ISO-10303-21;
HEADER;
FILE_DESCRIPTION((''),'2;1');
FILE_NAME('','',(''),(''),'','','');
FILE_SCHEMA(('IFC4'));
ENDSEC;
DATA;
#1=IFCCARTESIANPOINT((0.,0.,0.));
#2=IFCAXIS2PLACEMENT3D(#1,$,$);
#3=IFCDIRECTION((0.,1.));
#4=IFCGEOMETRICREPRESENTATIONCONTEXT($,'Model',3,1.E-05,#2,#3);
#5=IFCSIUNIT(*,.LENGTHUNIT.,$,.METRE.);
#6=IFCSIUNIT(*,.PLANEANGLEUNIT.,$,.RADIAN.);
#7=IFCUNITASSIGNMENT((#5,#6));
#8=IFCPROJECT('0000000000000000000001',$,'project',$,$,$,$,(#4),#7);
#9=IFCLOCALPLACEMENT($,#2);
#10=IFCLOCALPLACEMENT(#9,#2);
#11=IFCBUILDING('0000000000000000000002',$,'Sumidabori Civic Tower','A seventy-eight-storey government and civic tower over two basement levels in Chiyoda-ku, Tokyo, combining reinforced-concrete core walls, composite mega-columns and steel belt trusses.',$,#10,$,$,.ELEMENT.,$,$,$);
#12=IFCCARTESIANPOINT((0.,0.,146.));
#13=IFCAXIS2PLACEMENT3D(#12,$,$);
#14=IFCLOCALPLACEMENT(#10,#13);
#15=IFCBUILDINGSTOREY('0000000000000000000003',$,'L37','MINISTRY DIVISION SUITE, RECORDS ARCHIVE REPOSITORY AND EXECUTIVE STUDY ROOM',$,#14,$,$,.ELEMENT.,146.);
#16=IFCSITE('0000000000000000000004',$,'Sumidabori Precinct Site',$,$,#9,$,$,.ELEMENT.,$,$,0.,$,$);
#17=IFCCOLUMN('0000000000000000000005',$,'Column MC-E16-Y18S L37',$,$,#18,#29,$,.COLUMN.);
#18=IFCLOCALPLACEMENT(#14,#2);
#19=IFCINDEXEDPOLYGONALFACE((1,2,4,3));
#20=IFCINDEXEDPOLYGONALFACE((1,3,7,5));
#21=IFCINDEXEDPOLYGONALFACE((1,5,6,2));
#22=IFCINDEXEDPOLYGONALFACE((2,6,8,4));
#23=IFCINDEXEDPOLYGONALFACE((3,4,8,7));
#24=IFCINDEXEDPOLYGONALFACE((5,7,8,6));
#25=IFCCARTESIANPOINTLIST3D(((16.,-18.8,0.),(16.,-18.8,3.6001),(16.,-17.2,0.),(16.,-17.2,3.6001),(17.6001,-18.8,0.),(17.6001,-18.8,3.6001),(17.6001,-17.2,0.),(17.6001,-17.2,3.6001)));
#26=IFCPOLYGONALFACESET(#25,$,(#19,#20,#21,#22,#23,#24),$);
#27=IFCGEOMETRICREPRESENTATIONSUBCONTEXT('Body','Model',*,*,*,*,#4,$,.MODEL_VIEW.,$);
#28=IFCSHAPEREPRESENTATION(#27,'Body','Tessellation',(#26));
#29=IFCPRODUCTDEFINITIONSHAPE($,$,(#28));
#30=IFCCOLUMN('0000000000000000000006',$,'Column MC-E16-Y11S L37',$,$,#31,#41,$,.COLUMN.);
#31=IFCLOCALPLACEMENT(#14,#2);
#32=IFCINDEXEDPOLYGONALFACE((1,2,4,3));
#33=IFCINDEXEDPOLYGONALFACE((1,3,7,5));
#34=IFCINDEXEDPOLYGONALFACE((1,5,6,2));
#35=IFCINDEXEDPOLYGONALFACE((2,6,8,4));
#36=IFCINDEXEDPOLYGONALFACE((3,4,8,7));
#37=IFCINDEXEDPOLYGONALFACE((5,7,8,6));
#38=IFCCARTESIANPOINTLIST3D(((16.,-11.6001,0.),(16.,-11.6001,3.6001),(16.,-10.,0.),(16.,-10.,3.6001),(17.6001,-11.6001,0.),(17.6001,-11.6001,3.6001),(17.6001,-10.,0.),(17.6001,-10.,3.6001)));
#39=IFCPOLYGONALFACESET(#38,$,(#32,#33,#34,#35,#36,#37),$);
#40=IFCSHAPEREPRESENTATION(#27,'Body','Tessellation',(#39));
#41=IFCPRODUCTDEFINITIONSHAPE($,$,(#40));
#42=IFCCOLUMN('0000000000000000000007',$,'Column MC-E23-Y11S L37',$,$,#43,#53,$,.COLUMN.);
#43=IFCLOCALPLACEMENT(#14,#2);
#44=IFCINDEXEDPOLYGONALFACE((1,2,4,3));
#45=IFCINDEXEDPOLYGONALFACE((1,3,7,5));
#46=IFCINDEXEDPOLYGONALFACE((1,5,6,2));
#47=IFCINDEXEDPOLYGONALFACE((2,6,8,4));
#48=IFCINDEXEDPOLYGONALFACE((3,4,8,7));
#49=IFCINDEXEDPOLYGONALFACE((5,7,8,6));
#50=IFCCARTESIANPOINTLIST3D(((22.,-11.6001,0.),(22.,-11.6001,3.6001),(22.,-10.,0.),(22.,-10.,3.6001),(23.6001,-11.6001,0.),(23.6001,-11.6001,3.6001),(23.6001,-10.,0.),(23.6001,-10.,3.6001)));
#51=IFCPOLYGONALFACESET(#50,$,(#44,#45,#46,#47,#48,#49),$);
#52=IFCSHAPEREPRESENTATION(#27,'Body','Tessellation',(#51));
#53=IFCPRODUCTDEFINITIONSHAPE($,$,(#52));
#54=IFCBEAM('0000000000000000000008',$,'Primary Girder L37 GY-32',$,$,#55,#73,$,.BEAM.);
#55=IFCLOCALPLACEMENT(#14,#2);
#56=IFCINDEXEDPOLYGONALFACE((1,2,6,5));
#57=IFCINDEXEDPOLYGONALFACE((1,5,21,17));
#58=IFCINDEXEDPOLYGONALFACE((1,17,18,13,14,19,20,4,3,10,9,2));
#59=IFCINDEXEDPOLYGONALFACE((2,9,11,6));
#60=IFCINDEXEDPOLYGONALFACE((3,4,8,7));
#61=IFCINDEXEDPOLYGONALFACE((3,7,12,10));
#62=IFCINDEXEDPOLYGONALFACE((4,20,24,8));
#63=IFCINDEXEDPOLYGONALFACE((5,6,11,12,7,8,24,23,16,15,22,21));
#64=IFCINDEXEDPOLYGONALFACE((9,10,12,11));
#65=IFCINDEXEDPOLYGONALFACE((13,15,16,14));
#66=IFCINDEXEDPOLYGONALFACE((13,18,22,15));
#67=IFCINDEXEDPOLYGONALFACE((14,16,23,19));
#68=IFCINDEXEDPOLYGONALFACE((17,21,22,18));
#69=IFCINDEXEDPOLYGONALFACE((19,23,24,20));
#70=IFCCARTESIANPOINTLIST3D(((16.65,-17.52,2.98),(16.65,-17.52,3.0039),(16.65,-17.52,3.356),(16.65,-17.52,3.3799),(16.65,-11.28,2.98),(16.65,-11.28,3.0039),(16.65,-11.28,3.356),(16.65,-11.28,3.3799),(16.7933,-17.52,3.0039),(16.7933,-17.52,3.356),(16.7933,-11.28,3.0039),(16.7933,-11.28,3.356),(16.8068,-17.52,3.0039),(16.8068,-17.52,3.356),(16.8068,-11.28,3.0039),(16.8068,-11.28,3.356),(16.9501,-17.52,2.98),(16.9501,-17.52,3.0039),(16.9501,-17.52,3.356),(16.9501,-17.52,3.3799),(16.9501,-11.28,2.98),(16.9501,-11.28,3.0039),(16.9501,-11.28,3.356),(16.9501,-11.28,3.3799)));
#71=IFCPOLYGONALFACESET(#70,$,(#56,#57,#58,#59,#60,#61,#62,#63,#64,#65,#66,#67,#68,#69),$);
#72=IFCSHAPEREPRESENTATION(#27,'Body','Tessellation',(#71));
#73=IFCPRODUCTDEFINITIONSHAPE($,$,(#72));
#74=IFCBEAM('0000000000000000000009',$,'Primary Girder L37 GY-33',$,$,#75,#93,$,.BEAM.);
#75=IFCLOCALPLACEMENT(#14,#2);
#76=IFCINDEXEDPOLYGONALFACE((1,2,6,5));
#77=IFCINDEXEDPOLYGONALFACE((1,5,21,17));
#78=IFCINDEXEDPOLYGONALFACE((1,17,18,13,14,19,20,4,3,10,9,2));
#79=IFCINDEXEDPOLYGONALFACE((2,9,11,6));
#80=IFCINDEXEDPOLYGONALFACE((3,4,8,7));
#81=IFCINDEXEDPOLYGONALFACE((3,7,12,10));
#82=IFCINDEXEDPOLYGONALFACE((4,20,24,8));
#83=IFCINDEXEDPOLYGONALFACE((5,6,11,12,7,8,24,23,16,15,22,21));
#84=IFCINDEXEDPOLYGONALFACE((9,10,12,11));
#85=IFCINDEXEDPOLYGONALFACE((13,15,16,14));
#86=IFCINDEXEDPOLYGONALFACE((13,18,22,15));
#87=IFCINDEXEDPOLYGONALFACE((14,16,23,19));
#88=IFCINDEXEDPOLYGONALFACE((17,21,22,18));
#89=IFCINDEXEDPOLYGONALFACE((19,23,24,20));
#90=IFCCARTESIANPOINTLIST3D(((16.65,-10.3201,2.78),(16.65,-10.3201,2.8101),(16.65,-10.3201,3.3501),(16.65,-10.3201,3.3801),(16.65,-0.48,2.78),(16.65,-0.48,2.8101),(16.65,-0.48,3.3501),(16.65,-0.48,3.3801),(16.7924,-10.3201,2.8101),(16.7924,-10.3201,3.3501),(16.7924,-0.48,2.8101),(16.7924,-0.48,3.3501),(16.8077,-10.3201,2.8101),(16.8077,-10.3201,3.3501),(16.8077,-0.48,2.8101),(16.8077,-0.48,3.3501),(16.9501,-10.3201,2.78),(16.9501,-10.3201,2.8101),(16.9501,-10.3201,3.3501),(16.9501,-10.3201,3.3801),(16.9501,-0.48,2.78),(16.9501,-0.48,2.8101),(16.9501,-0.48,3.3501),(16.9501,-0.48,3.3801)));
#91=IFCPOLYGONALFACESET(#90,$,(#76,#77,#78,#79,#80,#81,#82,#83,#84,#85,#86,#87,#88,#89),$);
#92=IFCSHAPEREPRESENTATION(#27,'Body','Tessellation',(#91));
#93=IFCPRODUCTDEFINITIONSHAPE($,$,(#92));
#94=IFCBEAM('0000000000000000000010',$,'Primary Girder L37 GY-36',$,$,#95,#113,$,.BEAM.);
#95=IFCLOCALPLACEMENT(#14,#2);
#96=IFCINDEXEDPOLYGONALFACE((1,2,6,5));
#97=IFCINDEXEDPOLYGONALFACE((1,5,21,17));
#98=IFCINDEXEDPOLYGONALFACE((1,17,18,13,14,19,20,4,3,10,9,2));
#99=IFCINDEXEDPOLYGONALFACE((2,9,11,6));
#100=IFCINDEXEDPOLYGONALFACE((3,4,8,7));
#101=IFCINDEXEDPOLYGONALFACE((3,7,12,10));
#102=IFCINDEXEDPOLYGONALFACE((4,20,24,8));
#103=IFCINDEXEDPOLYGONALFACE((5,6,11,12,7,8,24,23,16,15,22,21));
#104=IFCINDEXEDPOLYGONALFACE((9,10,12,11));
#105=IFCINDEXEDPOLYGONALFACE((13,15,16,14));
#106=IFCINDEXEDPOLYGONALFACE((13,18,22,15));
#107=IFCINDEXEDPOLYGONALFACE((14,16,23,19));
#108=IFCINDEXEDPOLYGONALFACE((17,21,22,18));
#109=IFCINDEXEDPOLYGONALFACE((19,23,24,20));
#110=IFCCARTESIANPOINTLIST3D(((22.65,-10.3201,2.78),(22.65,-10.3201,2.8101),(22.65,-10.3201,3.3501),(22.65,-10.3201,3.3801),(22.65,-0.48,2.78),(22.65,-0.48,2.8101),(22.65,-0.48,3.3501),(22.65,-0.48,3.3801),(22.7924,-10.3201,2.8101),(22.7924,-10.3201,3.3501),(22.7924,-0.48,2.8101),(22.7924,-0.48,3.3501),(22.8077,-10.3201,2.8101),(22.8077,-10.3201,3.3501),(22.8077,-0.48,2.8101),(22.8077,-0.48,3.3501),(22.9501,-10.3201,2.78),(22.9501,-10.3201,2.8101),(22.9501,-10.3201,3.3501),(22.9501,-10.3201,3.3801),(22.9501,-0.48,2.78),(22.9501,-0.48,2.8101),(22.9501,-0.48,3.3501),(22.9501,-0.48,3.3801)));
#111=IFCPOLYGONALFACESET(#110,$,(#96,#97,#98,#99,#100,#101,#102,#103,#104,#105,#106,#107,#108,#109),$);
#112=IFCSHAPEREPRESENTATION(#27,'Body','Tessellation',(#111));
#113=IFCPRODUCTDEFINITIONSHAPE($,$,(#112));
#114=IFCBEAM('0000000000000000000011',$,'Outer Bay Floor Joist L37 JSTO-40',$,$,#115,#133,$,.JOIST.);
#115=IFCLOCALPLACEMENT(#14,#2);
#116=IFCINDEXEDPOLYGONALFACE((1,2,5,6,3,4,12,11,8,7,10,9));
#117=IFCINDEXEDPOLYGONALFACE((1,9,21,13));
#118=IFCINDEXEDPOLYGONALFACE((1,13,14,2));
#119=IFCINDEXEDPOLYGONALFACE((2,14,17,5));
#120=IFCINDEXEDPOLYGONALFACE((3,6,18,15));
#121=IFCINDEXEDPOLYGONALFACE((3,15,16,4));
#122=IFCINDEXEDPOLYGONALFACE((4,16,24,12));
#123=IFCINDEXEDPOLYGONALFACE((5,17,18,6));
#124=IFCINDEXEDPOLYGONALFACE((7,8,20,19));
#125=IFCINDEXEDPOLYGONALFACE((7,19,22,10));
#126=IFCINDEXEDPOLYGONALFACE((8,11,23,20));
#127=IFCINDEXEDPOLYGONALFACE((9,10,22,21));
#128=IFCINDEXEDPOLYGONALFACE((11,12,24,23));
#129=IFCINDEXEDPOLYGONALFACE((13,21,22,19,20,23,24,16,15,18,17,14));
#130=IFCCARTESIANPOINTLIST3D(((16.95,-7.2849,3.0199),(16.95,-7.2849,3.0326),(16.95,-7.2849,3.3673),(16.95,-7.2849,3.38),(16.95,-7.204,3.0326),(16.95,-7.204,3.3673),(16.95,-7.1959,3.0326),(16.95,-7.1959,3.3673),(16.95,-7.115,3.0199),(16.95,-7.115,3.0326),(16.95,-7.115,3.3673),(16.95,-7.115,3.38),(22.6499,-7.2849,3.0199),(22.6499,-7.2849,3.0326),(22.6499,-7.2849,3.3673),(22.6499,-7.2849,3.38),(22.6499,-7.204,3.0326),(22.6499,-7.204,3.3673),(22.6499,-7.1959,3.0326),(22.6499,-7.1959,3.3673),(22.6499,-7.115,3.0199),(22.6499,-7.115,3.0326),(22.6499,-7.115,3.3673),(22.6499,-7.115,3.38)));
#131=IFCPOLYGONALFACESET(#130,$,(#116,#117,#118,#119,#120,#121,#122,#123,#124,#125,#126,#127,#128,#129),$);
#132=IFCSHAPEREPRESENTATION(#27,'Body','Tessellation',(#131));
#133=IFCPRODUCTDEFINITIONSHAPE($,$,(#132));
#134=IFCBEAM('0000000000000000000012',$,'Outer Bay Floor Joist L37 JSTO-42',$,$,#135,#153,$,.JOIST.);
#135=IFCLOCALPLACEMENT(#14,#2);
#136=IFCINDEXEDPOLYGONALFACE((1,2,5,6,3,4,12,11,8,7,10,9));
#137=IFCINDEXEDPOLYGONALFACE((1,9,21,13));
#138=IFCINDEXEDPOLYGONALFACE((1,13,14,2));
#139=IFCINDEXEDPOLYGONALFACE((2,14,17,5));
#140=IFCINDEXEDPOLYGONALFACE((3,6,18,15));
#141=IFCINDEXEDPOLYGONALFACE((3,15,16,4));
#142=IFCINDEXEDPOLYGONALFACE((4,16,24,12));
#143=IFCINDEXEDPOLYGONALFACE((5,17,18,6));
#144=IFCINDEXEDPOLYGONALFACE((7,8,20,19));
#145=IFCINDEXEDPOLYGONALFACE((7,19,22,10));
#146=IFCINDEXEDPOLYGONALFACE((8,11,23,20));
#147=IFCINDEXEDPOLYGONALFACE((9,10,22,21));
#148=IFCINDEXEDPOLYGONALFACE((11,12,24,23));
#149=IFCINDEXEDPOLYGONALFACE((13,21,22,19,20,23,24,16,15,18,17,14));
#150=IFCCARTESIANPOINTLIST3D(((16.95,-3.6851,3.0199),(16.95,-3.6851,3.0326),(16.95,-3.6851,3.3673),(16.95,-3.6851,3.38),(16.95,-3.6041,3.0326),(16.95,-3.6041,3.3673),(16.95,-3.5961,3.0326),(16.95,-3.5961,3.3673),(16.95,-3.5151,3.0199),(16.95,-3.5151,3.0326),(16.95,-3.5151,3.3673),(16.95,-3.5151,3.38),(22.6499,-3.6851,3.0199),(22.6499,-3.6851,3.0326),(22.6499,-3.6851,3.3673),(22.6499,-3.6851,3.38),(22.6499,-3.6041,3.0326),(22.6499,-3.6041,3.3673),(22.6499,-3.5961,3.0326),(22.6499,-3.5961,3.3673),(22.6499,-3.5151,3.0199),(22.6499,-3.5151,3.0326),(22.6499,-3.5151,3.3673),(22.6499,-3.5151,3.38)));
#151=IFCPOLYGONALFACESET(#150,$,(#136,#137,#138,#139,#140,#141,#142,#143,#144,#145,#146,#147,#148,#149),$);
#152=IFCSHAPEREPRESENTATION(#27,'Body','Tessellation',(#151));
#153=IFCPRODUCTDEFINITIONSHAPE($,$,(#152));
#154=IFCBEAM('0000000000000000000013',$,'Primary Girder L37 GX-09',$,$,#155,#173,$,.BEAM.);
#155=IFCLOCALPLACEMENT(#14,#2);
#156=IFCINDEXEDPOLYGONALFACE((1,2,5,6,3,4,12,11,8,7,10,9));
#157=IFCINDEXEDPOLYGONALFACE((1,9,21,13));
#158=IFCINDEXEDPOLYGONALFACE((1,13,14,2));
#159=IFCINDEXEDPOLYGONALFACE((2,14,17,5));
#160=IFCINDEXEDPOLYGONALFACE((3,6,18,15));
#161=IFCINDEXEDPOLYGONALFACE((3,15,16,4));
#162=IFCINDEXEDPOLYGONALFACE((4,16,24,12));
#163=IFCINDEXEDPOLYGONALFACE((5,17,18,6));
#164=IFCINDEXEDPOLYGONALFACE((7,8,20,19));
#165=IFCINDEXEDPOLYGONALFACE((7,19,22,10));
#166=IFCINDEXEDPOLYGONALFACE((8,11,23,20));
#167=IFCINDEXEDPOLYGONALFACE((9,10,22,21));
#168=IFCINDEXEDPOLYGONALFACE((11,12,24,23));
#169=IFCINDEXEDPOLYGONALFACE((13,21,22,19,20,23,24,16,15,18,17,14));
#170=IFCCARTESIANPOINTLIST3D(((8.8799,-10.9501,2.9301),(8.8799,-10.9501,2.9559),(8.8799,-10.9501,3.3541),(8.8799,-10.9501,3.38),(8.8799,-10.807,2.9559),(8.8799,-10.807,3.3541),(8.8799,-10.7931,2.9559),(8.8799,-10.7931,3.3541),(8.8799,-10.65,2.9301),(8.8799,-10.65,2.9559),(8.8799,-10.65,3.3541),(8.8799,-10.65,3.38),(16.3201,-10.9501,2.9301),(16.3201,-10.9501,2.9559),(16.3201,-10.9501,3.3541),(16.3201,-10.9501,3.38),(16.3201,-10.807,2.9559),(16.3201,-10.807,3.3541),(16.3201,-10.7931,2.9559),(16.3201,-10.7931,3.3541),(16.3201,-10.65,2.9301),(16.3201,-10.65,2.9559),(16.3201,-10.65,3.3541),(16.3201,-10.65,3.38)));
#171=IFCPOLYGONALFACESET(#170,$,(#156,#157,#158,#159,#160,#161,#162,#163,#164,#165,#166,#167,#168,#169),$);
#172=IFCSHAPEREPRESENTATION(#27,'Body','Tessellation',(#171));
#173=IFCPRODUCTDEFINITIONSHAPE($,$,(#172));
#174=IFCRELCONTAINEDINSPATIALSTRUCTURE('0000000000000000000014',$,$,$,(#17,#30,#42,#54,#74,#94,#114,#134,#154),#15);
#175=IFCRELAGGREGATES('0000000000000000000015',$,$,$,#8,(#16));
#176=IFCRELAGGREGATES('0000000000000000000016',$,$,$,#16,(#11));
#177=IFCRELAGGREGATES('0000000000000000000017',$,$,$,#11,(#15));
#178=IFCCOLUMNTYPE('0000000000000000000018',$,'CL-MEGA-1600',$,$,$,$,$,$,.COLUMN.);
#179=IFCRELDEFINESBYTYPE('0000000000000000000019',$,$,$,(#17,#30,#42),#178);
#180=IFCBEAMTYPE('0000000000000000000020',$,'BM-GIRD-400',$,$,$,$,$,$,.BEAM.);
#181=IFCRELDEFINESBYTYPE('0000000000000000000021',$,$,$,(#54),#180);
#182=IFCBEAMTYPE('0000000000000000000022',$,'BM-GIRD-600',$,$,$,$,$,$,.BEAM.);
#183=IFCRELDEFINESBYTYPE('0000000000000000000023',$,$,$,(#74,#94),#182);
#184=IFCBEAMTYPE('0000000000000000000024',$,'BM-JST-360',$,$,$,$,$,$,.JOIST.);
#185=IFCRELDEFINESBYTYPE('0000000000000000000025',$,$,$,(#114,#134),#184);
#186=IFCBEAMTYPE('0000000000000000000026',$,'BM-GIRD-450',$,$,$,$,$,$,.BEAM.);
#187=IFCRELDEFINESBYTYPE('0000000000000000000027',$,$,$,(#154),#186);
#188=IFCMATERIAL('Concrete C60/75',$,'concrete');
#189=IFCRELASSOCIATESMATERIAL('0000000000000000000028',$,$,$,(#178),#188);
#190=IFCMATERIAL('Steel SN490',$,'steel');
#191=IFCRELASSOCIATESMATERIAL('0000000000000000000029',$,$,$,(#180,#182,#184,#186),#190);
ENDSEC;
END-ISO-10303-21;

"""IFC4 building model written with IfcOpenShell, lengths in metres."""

from ifc_helpers import new_model, si_unit, direction, frame, origin, origin_2d, place, context, subcontext, project, spatial, rectangle, i_section, extrude, source, transform, mapped, material, material_profile, profile_set, type_object, element, save


model = new_model("IFC4")

# Units and contexts
model_context = context("Model", 3, precision=1e-05, world=origin(), true_north=direction((0.0, 1.0)))
body_context = subcontext(model_context, "Body", "Model", "MODEL_VIEW")
ifc_project = project(units=[si_unit("LENGTHUNIT", "METRE"), si_unit("PLANEANGLEUNIT", "RADIAN")], contexts=[model_context])

# Site, building, storey
site_placement = place(None, origin())
site = spatial("IfcSite", under=ifc_project, at=site_placement, Name="Sumidabori Precinct Site", CompositionType="ELEMENT", RefElevation=0.0)
building_placement = place(site_placement, origin())
building = spatial("IfcBuilding", under=site, at=building_placement, Name="Sumidabori Civic Tower", Description="A seventy-eight-storey government and civic tower over two basement levels in Chiyoda-ku, Tokyo, combining reinforced-concrete core walls, composite mega-columns and steel belt trusses.", CompositionType="ELEMENT")
storey_placement = place(building_placement, frame((0.0, 0.0, 146.0)))
storey = spatial("IfcBuildingStorey", under=building, at=storey_placement, Name="L37", Description="MINISTRY DIVISION SUITE, RECORDS ARCHIVE REPOSITORY AND EXECUTIVE STUDY ROOM", CompositionType="ELEMENT", Elevation=146.0)

# Columns
ifc_material_1 = material(Name="Concrete C60/75", Category="concrete")
ifc_material_profile_1 = material_profile(ifc_material_1, rectangle(XDim=1.6001, YDim=1.6001, at=origin_2d()), Name="RC 1600x1600")
ifc_profile_set_1 = profile_set([ifc_material_profile_1], Name="Concrete C60/75")
column_type = type_object("IfcColumnType", Name="CL-MEGA-1600", PredefinedType="COLUMN", material=ifc_profile_set_1)
shared_shape_1 = source(origin(), body_context, "Body", "SweptSolid", [
    extrude(rectangle(XDim=1.6001, YDim=1.6001, at=origin_2d()), origin(), (0.0, 0.0, 1.0), 3.6001),
])
for number, where, z_axis, x_axis, name in (
    (1, (16.8, -18.0, 0.0), (0.0, 0.0, 1.0), (1.0, 0.0, 0.0), "Column MC-E16-Y18S L37"),
    (2, (16.8, -10.8, 0.0), (0.0, 0.0, 1.0), (1.0, 0.0, 0.0), "Column MC-E16-Y11S L37"),
    (3, (22.8, -10.8, 0.0), (0.0, 0.0, 1.0), (1.0, 0.0, 0.0), "Column MC-E23-Y11S L37"),
):
    element("IfcColumn", number, at=place(storey_placement, frame(where, z_axis=z_axis, x_axis=x_axis)), inside=storey, type_object=column_type, Name=name, PredefinedType="COLUMN", context=body_context, shape_type="MappedRepresentation", body=[
        mapped(shared_shape_1, transform((0.0, 0.0, 0.0), x_axis=(1.0, 0.0, 0.0), y_axis=(0.0, 1.0, 0.0), z_axis=(0.0, 0.0, 1.0), scale=1.0)),
    ])

# Beams
ifc_material_2 = material(Name="Steel SN490", Category="steel")
ifc_material_profile_2 = material_profile(ifc_material_2, i_section(OverallWidth=0.3, OverallDepth=0.3999, WebThickness=0.0134, FlangeThickness=0.0239, at=origin_2d()), Name="HE 400 B")
ifc_profile_set_2 = profile_set([ifc_material_profile_2], Name="Steel SN490")
beam_type_1 = type_object("IfcBeamType", Name="BM-GIRD-400", PredefinedType="BEAM", material=ifc_profile_set_2)
shared_shape_2 = source(origin(), body_context, "Body", "SweptSolid", [
    extrude(i_section(OverallWidth=0.3, OverallDepth=0.3999, WebThickness=0.0134, FlangeThickness=0.0239, at=origin_2d()), origin(), (0.0, 0.0, 1.0), 6.24),
])
beam_1_placement = place(storey_placement, frame((16.8, -17.52, 3.1799), z_axis=(0.0, 1.0, 0.0), x_axis=(-1.0, 0.0, 0.0)))
element("IfcBeam", 4, at=beam_1_placement, inside=storey, type_object=beam_type_1, Name="Primary Girder L37 GY-32", PredefinedType="BEAM", context=body_context, shape_type="MappedRepresentation", body=[
    mapped(shared_shape_2, transform((0.0, 0.0, 0.0), x_axis=(1.0, 0.0, 0.0), y_axis=(0.0, 1.0, 0.0), z_axis=(0.0, 0.0, 1.0), scale=1.0)),
])
ifc_material_profile_3 = material_profile(ifc_material_2, i_section(OverallWidth=0.3, OverallDepth=0.6001, WebThickness=0.0154, FlangeThickness=0.03, at=origin_2d()), Name="HE 600 B")
ifc_profile_set_3 = profile_set([ifc_material_profile_3], Name="Steel SN490")
beam_type_2 = type_object("IfcBeamType", Name="BM-GIRD-600", PredefinedType="BEAM", material=ifc_profile_set_3)
shared_shape_3 = source(origin(), body_context, "Body", "SweptSolid", [
    extrude(i_section(OverallWidth=0.3, OverallDepth=0.6001, WebThickness=0.0154, FlangeThickness=0.03, at=origin_2d()), origin(), (0.0, 0.0, 1.0), 9.8401),
])
for number, where, z_axis, x_axis, name in (
    (5, (16.8, -10.3201, 3.0801), (0.0, 1.0, 0.0), (-1.0, 0.0, 0.0), "Primary Girder L37 GY-33"),
    (6, (22.8, -10.3201, 3.0801), (0.0, 1.0, 0.0), (-1.0, 0.0, 0.0), "Primary Girder L37 GY-36"),
):
    element("IfcBeam", number, at=place(storey_placement, frame(where, z_axis=z_axis, x_axis=x_axis)), inside=storey, type_object=beam_type_2, Name=name, PredefinedType="BEAM", context=body_context, shape_type="MappedRepresentation", body=[
        mapped(shared_shape_3, transform((0.0, 0.0, 0.0), x_axis=(1.0, 0.0, 0.0), y_axis=(0.0, 1.0, 0.0), z_axis=(0.0, 0.0, 1.0), scale=1.0)),
    ])
ifc_material_profile_4 = material_profile(ifc_material_2, i_section(OverallWidth=0.1699, OverallDepth=0.3601, WebThickness=0.0081, FlangeThickness=0.0127, at=origin_2d()), Name="IPE 360")
ifc_profile_set_4 = profile_set([ifc_material_profile_4], Name="Steel SN490")
beam_type_3 = type_object("IfcBeamType", Name="BM-JST-360", PredefinedType="JOIST", material=ifc_profile_set_4)
shared_shape_4 = source(origin(), body_context, "Body", "SweptSolid", [
    extrude(i_section(OverallWidth=0.1699, OverallDepth=0.3601, WebThickness=0.0081, FlangeThickness=0.0127, at=origin_2d()), origin(), (0.0, 0.0, 1.0), 5.7),
])
for number, where, z_axis, x_axis, name in (
    (7, (16.95, -7.2, 3.2), (1.0, 0.0, 0.0), (0.0, 1.0, 0.0), "Outer Bay Floor Joist L37 JSTO-40"),
    (8, (16.95, -3.6001, 3.2), (1.0, 0.0, 0.0), (0.0, 1.0, 0.0), "Outer Bay Floor Joist L37 JSTO-42"),
):
    element("IfcBeam", number, at=place(storey_placement, frame(where, z_axis=z_axis, x_axis=x_axis)), inside=storey, type_object=beam_type_3, Name=name, PredefinedType="JOIST", context=body_context, shape_type="MappedRepresentation", body=[
        mapped(shared_shape_4, transform((0.0, 0.0, 0.0), x_axis=(1.0, 0.0, 0.0), y_axis=(0.0, 1.0, 0.0), z_axis=(0.0, 0.0, 1.0), scale=1.0)),
    ])
ifc_material_profile_5 = material_profile(ifc_material_2, i_section(OverallWidth=0.3, OverallDepth=0.45, WebThickness=0.0139, FlangeThickness=0.0259, at=origin_2d()), Name="HE 450 B")
ifc_profile_set_5 = profile_set([ifc_material_profile_5], Name="Steel SN490")
beam_type_4 = type_object("IfcBeamType", Name="BM-GIRD-450", PredefinedType="BEAM", material=ifc_profile_set_5)
shared_shape_5 = source(origin(), body_context, "Body", "SweptSolid", [
    extrude(i_section(OverallWidth=0.3, OverallDepth=0.45, WebThickness=0.0139, FlangeThickness=0.0259, at=origin_2d()), origin(), (0.0, 0.0, 1.0), 7.4402),
])
beam_2_placement = place(storey_placement, frame((8.8799, -10.8, 3.155), z_axis=(1.0, 0.0, 0.0), x_axis=(0.0, 1.0, 0.0)))
element("IfcBeam", 9, at=beam_2_placement, inside=storey, type_object=beam_type_4, Name="Primary Girder L37 GX-09", PredefinedType="BEAM", context=body_context, shape_type="MappedRepresentation", body=[
    mapped(shared_shape_5, transform((0.0, 0.0, 0.0), x_axis=(1.0, 0.0, 0.0), y_axis=(0.0, 1.0, 0.0), z_axis=(0.0, 0.0, 1.0), scale=1.0)),
])

save(model, "model.ifc")
